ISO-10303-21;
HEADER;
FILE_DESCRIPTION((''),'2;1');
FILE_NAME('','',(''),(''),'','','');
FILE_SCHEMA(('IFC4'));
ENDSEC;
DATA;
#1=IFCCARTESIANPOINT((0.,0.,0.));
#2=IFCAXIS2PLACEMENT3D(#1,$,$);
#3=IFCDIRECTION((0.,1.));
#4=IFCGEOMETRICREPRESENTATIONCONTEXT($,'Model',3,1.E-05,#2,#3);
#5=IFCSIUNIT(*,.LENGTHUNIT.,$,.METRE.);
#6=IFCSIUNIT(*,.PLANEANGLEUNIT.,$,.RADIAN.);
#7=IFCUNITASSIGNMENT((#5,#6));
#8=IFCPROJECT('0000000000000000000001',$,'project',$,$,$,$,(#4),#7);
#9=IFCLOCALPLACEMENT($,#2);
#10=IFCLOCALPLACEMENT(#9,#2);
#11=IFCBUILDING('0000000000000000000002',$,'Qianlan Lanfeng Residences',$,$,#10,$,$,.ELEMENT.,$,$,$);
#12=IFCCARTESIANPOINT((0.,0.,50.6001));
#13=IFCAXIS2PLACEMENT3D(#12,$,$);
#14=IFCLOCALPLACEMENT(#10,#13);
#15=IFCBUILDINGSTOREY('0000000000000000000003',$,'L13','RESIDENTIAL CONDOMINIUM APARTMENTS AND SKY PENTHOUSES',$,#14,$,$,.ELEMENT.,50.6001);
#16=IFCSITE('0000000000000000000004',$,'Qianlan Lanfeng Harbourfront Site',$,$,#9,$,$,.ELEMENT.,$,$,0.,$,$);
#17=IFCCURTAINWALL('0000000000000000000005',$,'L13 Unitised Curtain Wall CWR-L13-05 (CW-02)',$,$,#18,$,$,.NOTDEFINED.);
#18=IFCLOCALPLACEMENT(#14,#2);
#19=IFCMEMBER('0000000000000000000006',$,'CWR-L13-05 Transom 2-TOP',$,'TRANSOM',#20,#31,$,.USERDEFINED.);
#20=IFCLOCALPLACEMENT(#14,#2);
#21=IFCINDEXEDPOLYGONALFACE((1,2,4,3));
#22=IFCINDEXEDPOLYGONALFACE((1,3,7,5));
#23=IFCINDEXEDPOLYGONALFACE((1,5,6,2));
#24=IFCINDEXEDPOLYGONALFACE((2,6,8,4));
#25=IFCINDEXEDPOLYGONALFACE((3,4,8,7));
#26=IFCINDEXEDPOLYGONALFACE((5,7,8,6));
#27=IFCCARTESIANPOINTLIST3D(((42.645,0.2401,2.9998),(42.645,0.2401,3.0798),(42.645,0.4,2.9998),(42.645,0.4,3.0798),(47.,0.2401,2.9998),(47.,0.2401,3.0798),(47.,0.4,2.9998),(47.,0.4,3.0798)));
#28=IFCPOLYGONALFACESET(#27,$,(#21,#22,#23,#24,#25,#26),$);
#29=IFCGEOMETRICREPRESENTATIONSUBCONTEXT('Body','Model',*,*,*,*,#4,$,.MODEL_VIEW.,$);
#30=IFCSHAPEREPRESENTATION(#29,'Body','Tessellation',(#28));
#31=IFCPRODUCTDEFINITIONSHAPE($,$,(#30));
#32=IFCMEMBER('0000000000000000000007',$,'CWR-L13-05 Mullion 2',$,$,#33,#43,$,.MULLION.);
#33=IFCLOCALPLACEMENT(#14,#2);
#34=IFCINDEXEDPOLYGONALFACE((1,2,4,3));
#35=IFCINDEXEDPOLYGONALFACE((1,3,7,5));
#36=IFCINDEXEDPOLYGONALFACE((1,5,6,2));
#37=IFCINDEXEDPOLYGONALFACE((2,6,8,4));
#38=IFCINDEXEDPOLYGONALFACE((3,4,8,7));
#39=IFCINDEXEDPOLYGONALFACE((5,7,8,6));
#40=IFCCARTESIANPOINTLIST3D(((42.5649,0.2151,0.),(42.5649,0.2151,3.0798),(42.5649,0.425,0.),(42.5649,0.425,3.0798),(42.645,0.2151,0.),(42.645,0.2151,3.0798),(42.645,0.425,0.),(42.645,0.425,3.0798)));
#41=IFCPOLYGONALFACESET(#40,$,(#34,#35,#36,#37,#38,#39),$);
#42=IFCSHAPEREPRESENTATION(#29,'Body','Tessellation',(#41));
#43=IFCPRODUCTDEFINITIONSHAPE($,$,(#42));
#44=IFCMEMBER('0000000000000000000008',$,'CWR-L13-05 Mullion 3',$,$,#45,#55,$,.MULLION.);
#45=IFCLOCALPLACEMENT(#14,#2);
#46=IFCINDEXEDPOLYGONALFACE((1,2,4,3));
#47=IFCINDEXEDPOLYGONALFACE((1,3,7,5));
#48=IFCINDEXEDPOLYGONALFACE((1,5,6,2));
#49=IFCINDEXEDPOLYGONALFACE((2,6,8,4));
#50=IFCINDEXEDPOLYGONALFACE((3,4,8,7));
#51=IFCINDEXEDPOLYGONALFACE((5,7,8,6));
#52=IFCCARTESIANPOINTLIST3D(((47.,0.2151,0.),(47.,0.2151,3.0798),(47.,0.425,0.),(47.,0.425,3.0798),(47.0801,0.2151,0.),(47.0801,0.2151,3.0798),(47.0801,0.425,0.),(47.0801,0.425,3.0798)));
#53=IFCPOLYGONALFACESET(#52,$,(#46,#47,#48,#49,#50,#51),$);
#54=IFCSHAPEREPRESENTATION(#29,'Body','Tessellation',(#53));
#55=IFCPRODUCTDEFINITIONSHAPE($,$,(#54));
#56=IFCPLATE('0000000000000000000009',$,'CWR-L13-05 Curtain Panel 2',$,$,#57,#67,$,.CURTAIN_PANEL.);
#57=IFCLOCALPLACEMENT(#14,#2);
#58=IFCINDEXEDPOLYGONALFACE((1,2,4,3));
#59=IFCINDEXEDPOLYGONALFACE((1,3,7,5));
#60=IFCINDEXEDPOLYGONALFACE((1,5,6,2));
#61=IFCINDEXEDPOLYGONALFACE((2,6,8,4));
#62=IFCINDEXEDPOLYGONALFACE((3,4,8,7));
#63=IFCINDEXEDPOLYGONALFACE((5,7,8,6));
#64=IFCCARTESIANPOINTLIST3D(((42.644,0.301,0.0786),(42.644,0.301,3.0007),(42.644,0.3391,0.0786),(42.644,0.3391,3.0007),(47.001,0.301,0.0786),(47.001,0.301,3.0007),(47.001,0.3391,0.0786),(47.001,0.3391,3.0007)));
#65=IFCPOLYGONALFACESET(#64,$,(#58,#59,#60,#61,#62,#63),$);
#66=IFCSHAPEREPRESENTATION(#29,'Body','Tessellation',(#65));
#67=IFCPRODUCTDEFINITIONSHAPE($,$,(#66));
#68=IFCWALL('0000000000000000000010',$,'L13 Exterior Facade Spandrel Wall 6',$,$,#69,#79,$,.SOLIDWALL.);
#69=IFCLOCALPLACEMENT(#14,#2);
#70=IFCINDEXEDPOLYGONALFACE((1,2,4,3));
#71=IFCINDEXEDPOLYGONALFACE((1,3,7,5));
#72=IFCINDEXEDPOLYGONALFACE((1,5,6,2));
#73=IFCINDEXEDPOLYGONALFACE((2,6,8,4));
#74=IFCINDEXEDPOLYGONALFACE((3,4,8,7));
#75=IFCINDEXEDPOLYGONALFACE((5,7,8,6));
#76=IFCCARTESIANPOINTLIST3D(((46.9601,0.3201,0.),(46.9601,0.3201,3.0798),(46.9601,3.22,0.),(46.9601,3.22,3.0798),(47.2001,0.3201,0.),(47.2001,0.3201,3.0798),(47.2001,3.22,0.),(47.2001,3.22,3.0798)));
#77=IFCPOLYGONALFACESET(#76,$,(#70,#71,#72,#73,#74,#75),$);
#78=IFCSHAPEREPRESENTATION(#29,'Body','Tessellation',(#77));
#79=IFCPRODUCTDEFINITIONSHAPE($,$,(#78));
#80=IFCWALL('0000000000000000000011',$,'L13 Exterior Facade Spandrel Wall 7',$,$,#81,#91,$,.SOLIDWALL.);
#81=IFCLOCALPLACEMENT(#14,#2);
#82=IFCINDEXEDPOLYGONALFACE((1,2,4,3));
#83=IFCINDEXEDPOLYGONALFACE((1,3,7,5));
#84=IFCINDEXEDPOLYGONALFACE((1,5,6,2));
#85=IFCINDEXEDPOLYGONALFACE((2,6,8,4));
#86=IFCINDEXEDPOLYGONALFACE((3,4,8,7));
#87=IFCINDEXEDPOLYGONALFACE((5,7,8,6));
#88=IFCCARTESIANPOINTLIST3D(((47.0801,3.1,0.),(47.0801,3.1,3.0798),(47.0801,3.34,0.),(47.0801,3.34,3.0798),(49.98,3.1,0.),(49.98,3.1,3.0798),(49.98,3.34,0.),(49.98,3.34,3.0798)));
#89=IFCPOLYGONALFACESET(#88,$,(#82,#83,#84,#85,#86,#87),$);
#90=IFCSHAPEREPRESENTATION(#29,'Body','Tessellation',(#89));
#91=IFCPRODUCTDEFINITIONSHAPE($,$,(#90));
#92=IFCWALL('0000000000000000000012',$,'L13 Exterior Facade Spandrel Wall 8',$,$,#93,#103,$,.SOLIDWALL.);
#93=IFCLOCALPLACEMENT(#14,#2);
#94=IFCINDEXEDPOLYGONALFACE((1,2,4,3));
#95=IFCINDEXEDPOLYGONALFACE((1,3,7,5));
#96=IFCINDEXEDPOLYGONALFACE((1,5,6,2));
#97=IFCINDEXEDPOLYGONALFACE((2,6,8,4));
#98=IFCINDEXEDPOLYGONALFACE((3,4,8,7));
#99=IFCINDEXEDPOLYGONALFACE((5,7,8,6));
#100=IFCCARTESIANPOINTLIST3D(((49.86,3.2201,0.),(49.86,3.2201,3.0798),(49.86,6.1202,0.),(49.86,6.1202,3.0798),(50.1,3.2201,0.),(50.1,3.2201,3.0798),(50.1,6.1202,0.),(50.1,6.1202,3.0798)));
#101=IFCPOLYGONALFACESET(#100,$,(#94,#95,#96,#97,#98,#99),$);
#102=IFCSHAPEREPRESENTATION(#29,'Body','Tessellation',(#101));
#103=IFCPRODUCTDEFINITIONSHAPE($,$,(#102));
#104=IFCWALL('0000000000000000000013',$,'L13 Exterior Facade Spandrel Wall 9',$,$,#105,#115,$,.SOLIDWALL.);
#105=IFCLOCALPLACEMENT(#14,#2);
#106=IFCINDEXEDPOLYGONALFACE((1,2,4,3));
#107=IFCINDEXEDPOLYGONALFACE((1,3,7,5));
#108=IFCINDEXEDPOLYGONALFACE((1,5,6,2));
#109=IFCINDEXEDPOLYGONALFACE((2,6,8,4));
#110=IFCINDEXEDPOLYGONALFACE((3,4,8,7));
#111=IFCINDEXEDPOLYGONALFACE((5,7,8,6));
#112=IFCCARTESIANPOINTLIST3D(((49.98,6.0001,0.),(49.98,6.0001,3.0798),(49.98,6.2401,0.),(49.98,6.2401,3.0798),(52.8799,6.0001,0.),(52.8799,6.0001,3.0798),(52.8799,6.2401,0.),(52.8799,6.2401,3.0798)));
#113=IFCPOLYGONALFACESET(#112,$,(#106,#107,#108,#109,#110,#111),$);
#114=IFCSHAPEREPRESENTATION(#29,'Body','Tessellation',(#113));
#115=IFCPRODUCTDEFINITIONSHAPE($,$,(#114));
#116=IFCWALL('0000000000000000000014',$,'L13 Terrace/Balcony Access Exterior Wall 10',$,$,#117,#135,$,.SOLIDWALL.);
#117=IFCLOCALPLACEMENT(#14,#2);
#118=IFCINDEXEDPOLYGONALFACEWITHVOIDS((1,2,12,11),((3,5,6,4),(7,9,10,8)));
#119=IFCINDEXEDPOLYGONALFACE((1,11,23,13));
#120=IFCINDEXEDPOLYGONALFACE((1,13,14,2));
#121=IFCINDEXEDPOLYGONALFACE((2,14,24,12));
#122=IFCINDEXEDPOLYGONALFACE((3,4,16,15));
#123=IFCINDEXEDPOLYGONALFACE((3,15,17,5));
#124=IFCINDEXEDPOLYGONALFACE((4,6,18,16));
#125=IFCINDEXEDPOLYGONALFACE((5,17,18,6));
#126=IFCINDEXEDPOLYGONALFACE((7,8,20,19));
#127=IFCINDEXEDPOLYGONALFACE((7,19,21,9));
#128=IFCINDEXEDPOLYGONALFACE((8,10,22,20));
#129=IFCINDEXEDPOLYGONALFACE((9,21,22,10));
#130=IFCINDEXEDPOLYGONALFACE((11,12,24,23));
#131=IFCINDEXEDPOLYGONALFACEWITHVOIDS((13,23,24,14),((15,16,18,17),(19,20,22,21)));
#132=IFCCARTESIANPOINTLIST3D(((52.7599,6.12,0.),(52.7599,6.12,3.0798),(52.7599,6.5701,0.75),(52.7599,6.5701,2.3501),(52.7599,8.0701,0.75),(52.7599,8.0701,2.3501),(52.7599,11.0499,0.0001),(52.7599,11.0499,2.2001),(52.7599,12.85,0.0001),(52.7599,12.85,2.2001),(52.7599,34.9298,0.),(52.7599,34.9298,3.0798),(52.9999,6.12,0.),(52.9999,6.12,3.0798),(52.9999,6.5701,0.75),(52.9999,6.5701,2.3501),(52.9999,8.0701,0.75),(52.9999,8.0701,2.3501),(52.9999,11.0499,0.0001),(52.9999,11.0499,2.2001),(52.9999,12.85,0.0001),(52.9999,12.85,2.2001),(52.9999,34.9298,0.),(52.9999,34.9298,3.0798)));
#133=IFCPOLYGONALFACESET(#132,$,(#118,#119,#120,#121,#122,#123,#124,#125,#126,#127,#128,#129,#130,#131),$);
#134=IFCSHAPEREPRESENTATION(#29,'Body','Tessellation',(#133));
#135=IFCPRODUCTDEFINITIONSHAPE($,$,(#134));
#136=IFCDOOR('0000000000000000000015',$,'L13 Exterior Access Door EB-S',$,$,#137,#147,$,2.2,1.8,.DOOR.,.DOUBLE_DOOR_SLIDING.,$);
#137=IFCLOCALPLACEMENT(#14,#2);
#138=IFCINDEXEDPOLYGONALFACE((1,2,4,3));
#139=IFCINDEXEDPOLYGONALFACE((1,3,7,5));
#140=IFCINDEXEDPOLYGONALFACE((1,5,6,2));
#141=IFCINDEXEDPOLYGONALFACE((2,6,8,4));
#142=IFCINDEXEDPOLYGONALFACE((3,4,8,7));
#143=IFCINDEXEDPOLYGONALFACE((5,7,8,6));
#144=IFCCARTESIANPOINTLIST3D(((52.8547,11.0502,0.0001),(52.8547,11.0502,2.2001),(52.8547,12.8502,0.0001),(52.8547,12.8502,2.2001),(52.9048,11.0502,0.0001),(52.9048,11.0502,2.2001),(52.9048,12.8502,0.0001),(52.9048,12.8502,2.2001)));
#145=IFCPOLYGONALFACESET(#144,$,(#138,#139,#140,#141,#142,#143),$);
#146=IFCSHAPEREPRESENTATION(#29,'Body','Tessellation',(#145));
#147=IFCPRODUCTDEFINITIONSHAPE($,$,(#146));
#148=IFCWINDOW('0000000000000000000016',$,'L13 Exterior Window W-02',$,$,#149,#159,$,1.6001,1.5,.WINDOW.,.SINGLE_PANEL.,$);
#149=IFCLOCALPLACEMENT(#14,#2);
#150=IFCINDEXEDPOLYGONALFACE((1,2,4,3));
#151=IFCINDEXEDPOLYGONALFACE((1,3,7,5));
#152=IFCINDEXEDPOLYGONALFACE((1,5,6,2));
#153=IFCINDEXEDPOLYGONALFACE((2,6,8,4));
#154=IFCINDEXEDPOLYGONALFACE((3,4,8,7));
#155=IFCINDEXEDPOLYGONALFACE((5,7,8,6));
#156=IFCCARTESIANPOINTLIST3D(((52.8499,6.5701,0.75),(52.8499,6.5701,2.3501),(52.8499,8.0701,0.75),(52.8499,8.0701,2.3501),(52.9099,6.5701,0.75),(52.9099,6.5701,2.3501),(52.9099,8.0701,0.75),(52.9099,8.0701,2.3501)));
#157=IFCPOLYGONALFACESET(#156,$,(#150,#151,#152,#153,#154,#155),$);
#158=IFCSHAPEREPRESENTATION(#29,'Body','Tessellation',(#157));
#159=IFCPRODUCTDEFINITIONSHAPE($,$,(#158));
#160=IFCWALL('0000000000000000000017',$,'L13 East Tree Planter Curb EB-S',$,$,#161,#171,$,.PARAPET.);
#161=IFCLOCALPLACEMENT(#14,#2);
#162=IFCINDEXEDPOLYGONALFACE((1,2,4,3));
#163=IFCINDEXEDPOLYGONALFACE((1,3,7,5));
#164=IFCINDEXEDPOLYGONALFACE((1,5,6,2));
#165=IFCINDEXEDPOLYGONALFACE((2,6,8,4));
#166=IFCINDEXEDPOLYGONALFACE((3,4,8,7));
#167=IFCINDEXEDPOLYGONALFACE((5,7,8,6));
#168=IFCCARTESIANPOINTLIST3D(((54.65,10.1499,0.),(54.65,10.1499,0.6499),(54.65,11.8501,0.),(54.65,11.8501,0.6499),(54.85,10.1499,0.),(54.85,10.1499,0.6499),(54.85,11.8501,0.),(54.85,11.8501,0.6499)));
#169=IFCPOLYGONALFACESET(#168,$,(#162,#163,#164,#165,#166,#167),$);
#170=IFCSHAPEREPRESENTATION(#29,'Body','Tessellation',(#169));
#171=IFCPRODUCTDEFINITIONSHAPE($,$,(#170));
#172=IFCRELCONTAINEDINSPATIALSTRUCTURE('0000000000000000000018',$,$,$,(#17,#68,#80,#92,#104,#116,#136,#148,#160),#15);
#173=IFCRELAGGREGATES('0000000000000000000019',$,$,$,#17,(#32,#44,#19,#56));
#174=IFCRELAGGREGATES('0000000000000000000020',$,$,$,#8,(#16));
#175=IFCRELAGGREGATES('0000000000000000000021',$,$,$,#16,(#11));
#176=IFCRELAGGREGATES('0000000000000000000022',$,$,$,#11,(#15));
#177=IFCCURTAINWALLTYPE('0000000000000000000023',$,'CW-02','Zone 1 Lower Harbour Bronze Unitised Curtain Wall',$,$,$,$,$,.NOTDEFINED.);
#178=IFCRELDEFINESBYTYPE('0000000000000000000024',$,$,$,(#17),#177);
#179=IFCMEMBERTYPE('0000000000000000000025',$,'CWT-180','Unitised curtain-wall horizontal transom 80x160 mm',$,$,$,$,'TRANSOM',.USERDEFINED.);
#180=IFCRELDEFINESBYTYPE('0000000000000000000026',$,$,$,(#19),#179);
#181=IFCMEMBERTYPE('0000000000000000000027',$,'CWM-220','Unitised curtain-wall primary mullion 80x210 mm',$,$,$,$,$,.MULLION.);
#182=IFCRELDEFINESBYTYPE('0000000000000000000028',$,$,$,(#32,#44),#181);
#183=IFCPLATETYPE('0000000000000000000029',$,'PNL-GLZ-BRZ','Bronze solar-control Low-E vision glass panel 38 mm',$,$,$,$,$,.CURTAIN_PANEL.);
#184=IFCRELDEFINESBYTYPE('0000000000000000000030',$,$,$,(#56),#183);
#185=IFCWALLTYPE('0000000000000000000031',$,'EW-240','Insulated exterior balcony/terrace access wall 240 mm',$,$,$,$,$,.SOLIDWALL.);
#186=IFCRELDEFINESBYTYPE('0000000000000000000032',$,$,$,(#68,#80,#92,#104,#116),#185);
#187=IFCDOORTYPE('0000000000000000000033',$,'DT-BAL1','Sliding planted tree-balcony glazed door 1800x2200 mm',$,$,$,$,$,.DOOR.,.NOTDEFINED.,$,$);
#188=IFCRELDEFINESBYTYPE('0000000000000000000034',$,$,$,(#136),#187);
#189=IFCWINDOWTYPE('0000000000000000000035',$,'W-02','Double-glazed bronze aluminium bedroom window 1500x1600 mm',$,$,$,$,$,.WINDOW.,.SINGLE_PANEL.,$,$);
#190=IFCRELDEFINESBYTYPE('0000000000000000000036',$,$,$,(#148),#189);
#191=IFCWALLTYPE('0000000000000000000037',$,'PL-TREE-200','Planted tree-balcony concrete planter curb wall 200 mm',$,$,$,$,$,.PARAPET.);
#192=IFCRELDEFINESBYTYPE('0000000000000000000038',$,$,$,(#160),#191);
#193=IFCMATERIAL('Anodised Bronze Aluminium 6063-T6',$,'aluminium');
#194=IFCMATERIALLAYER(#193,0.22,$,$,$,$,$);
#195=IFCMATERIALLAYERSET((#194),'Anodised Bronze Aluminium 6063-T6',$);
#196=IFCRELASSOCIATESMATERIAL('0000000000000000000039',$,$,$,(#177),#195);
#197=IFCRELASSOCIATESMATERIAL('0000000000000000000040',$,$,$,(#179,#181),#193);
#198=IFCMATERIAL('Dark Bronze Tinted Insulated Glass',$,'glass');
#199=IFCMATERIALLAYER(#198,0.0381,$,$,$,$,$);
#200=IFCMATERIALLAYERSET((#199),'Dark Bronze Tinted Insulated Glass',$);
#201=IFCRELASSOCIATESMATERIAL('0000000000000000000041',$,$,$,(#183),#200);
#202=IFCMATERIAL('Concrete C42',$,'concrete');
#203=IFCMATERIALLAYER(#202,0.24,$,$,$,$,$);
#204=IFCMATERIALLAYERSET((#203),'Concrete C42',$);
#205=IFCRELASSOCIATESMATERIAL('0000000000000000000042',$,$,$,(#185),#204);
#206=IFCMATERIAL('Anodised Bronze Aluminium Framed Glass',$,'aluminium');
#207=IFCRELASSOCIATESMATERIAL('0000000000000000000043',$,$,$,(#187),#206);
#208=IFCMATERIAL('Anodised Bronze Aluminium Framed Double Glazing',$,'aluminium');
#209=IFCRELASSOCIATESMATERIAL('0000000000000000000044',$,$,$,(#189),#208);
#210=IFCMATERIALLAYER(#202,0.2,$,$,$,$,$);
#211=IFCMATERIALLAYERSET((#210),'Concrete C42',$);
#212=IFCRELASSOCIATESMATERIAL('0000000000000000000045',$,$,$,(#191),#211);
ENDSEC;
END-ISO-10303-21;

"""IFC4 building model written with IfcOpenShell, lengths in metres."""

from ifc_helpers import new_model, si_unit, direction, frame, frame_2d, origin, origin_2d, place, context, subcontext, project, spatial, rectangle, extrude, source, transform, mapped, material, layer, layer_set, material_profile, profile_set, type_object, element, fill, aggregate, save


model = new_model("IFC4")

# Units and contexts
model_context = context("Model", 3, precision=1e-05, world=origin(), true_north=direction((0.0, 1.0)))
body_context = subcontext(model_context, "Body", "Model", "MODEL_VIEW")
ifc_project = project(units=[si_unit("LENGTHUNIT", "METRE"), si_unit("PLANEANGLEUNIT", "RADIAN")], contexts=[model_context])

# Site, building, storey
site_placement = place(None, origin())
site = spatial("IfcSite", under=ifc_project, at=site_placement, Name="Qianlan Lanfeng Harbourfront Site", CompositionType="ELEMENT", RefElevation=0.0)
building_placement = place(site_placement, origin())
building = spatial("IfcBuilding", under=site, at=building_placement, Name="Qianlan Lanfeng Residences", CompositionType="ELEMENT")
storey_placement = place(building_placement, frame((0.0, 0.0, 50.6001)))
storey = spatial("IfcBuildingStorey", under=building, at=storey_placement, Name="L13", Description="RESIDENTIAL CONDOMINIUM APARTMENTS AND SKY PENTHOUSES", CompositionType="ELEMENT", Elevation=50.6001)

# Curtain wall, members, plate
ifc_material_1 = material(Name="Anodised Bronze Aluminium 6063-T6", Category="aluminium")
ifc_layer_1 = layer(ifc_material_1, 0.22)
ifc_layer_set_1 = layer_set([ifc_layer_1], Name="Anodised Bronze Aluminium 6063-T6")
curtain_wall_type = type_object("IfcCurtainWallType", Name="CW-02", Description="Zone 1 Lower Harbour Bronze Unitised Curtain Wall", PredefinedType="NOTDEFINED", material=ifc_layer_set_1)
curtain_wall_placement = place(storey_placement, origin())
curtain_wall = element("IfcCurtainWall", 1, at=curtain_wall_placement, inside=storey, type_object=curtain_wall_type, Name="L13 Unitised Curtain Wall CWR-L13-05 (CW-02)", PredefinedType="NOTDEFINED")
ifc_material_profile_1 = material_profile(ifc_material_1, rectangle(XDim=0.0801, YDim=0.1599, at=origin_2d()), Name="ALU TRANSOM 80x160")
ifc_profile_set_1 = profile_set([ifc_material_profile_1], Name="Anodised Bronze Aluminium 6063-T6")
member_type_1 = type_object("IfcMemberType", Name="CWT-180", Description="Unitised curtain-wall horizontal transom 80x160 mm", ElementType="TRANSOM", PredefinedType="USERDEFINED", material=ifc_profile_set_1)
shared_shape_1 = source(origin(), body_context, "Body", "SweptSolid", [
    extrude(rectangle(XDim=0.0801, YDim=0.1599, at=origin_2d()), origin(), (0.0, 0.0, 1.0), 4.355),
])
member_1_placement = place(storey_placement, frame((42.645, 0.3201, 3.0398), z_axis=(1.0, 0.0, 0.0), x_axis=(0.0, 0.0, 1.0)))
member_1 = element("IfcMember", 2, at=member_1_placement, type_object=member_type_1, Name="CWR-L13-05 Transom 2-TOP", ObjectType="TRANSOM", PredefinedType="USERDEFINED", context=body_context, shape_type="MappedRepresentation", body=[
    mapped(shared_shape_1, transform((0.0, 0.0, 0.0), scale=1.0)),
])
ifc_material_profile_2 = material_profile(ifc_material_1, rectangle(XDim=0.0801, YDim=0.21, at=origin_2d()), Name="ALU MULLION 80x210")
ifc_profile_set_2 = profile_set([ifc_material_profile_2], Name="Anodised Bronze Aluminium 6063-T6")
member_type_2 = type_object("IfcMemberType", Name="CWM-220", Description="Unitised curtain-wall primary mullion 80x210 mm", PredefinedType="MULLION", material=ifc_profile_set_2)
shared_shape_2 = source(origin(), body_context, "Body", "SweptSolid", [
    extrude(rectangle(XDim=0.0801, YDim=0.21, at=origin_2d()), origin(), (0.0, 0.0, 1.0), 3.0798),
])
member_2_placement = place(storey_placement, frame((42.605, 0.3201, 0.0), z_axis=(0.0, 0.0, 1.0), x_axis=(1.0, 0.0, 0.0)))
member_2 = element("IfcMember", 3, at=member_2_placement, type_object=member_type_2, Name="CWR-L13-05 Mullion 2", PredefinedType="MULLION", context=body_context, shape_type="MappedRepresentation", body=[
    mapped(shared_shape_2, transform((0.0, 0.0, 0.0), scale=1.0)),
])
member_3_placement = place(storey_placement, frame((47.04, 0.3201, 0.0), z_axis=(0.0, 0.0, 1.0), x_axis=(1.0, 0.0, 0.0)))
member_3 = element("IfcMember", 4, at=member_3_placement, type_object=member_type_2, Name="CWR-L13-05 Mullion 3", PredefinedType="MULLION", context=body_context, shape_type="MappedRepresentation", body=[
    mapped(shared_shape_2, transform((0.0, 0.0, 0.0), scale=1.0)),
])
ifc_material_2 = material(Name="Dark Bronze Tinted Insulated Glass", Category="glass")
ifc_layer_2 = layer(ifc_material_2, 0.0381)
ifc_layer_set_2 = layer_set([ifc_layer_2], Name="Dark Bronze Tinted Insulated Glass")
plate_type = type_object("IfcPlateType", Name="PNL-GLZ-BRZ", Description="Bronze solar-control Low-E vision glass panel 38 mm", PredefinedType="CURTAIN_PANEL", material=ifc_layer_set_2)
shared_shape_3 = source(origin(), body_context, "Body", "SweptSolid", [
    extrude(rectangle(XDim=4.3569, YDim=0.0381, at=origin_2d()), origin(), (0.0, 0.0, 1.0), 2.9221),
])
plate_placement = place(storey_placement, frame((44.8225, 0.3201, 0.0786), z_axis=(0.0, 0.0, 1.0), x_axis=(1.0, 0.0, 0.0)))
plate = element("IfcPlate", 5, at=plate_placement, type_object=plate_type, Name="CWR-L13-05 Curtain Panel 2", PredefinedType="CURTAIN_PANEL", context=body_context, shape_type="MappedRepresentation", body=[
    mapped(shared_shape_3, transform((0.0, 0.0, 0.0), scale=1.0)),
])
aggregate(curtain_wall, [member_2, member_3, member_1, plate])

# Walls
ifc_material_3 = material(Name="Concrete C42", Category="concrete")
ifc_layer_3 = layer(ifc_material_3, 0.24)
ifc_layer_set_3 = layer_set([ifc_layer_3], Name="Concrete C42")
wall_type_1 = type_object("IfcWallType", Name="EW-240", Description="Insulated exterior balcony/terrace access wall 240 mm", PredefinedType="SOLIDWALL", material=ifc_layer_set_3)
for number, where, z_axis, x_axis, name in (
    (6, (47.0801, 0.3201, 0.0), (0.0, 0.0, 1.0), (0.0, 1.0, 0.0), "L13 Exterior Facade Spandrel Wall 6"),
    (7, (47.0801, 3.22, 0.0), (0.0, 0.0, 1.0), (1.0, 0.0, 0.0), "L13 Exterior Facade Spandrel Wall 7"),
):
    element("IfcWall", number, at=place(storey_placement, frame(where, z_axis=z_axis, x_axis=x_axis)), inside=storey, type_object=wall_type_1, Name=name, PredefinedType="SOLIDWALL", context=body_context, shape_type="SweptSolid", body=[
        extrude(rectangle(XDim=2.8999, YDim=0.24, at=frame_2d((1.45, 0.0))), origin(), (0.0, 0.0, 1.0), 3.0798),
    ])
wall_1_placement = place(storey_placement, frame((49.98, 3.22, 0.0), z_axis=(0.0, 0.0, 1.0), x_axis=(0.0, 1.0, 0.0)))
element("IfcWall", 8, at=wall_1_placement, inside=storey, type_object=wall_type_1, Name="L13 Exterior Facade Spandrel Wall 8", PredefinedType="SOLIDWALL", context=body_context, shape_type="SweptSolid", body=[
    extrude(rectangle(XDim=2.9001, YDim=0.24, at=frame_2d((1.4502, 0.0))), origin(), (0.0, 0.0, 1.0), 3.0798),
])
wall_2_placement = place(storey_placement, frame((49.98, 6.1201, 0.0), z_axis=(0.0, 0.0, 1.0), x_axis=(1.0, 0.0, 0.0)))
element("IfcWall", 9, at=wall_2_placement, inside=storey, type_object=wall_type_1, Name="L13 Exterior Facade Spandrel Wall 9", PredefinedType="SOLIDWALL", context=body_context, shape_type="SweptSolid", body=[
    extrude(rectangle(XDim=2.8999, YDim=0.24, at=frame_2d((1.45, 0.0))), origin(), (0.0, 0.0, 1.0), 3.0798),
])

# Wall, openings, door, window
wall_3_placement = place(storey_placement, frame((52.8799, 6.1201, 0.0), z_axis=(0.0, 0.0, 1.0), x_axis=(0.0, 1.0, 0.0)))
wall_3 = element("IfcWall", 10, at=wall_3_placement, inside=storey, type_object=wall_type_1, Name="L13 Terrace/Balcony Access Exterior Wall 10", PredefinedType="SOLIDWALL", context=body_context, shape_type="SweptSolid", body=[
    extrude(rectangle(XDim=28.8098, YDim=0.24, at=frame_2d((14.4048, 0.0))), origin(), (0.0, 0.0, 1.0), 3.0798),
])
opening_1_placement = place(wall_3_placement, frame((4.9299, 0.0, 0.0)))
opening_1 = element("IfcOpeningElement", 11, at=opening_1_placement, cuts=wall_3, PredefinedType="OPENING", context=body_context, shape_type="SweptSolid", body=[
    extrude(rectangle(XDim=1.8, YDim=2.2, at=frame_2d((0.8999, 1.1001))), frame((0.0, 0.1299, 0.0), z_axis=(0.0, -1.0, 0.0), x_axis=(1.0, 0.0, 0.0)), (0.0, 0.0, 1.0), 0.26),
])
opening_2_placement = place(wall_3_placement, frame((0.45, 0.0, 0.75)))
opening_2 = element("IfcOpeningElement", 12, at=opening_2_placement, cuts=wall_3, PredefinedType="OPENING", context=body_context, shape_type="SweptSolid", body=[
    extrude(rectangle(XDim=1.5, YDim=1.6001, at=frame_2d((0.75, 0.8))), frame((0.0, 0.1299, 0.0), z_axis=(0.0, -1.0, 0.0), x_axis=(1.0, 0.0, 0.0)), (0.0, 0.0, 1.0), 0.26),
])
ifc_material_4 = material(Name="Anodised Bronze Aluminium Framed Glass", Category="aluminium")
door_type = type_object("IfcDoorType", Name="DT-BAL1", Description="Sliding planted tree-balcony glazed door 1800x2200 mm", OperationType="NOTDEFINED", PredefinedType="DOOR", material=ifc_material_4)
door_placement = place(opening_1_placement, frame((1.8, 0.0, 0.0), z_axis=(0.0, 0.0, 1.0), x_axis=(-1.0, 0.0, 0.0)))
door = element("IfcDoor", 13, at=door_placement, inside=storey, type_object=door_type, Name="L13 Exterior Access Door EB-S", OperationType="DOUBLE_DOOR_SLIDING", OverallHeight=2.2, OverallWidth=1.8, PredefinedType="DOOR", context=body_context, shape_type="SweptSolid", body=[
    extrude(rectangle(XDim=1.8, YDim=2.2, at=frame_2d((0.8999, 1.1001))), frame((0.0, 0.0249, 0.0), z_axis=(0.0, -1.0, 0.0), x_axis=(1.0, 0.0, 0.0)), (0.0, 0.0, 1.0), 0.05),
])
fill(opening_1, door)
ifc_material_5 = material(Name="Anodised Bronze Aluminium Framed Double Glazing", Category="aluminium")
window_type = type_object("IfcWindowType", Name="W-02", Description="Double-glazed bronze aluminium bedroom window 1500x1600 mm", PartitioningType="SINGLE_PANEL", PredefinedType="WINDOW", material=ifc_material_5)
window_placement = place(opening_2_placement, origin())
window = element("IfcWindow", 14, at=window_placement, inside=storey, type_object=window_type, Name="L13 Exterior Window W-02", OverallHeight=1.6001, OverallWidth=1.5, PartitioningType="SINGLE_PANEL", PredefinedType="WINDOW", context=body_context, shape_type="SweptSolid", body=[
    extrude(rectangle(XDim=1.5, YDim=1.6001, at=frame_2d((0.75, 0.8))), frame((0.0, 0.03, 0.0), z_axis=(0.0, -1.0, 0.0), x_axis=(1.0, 0.0, 0.0)), (0.0, 0.0, 1.0), 0.0601),
])
fill(opening_2, window)

# Wall
ifc_layer_4 = layer(ifc_material_3, 0.2)
ifc_layer_set_4 = layer_set([ifc_layer_4], Name="Concrete C42")
wall_type_2 = type_object("IfcWallType", Name="PL-TREE-200", Description="Planted tree-balcony concrete planter curb wall 200 mm", PredefinedType="PARAPET", material=ifc_layer_set_4)
wall_4_placement = place(storey_placement, frame((54.75, 10.1499, 0.0), z_axis=(0.0, 0.0, 1.0), x_axis=(0.0, 1.0, 0.0)))
element("IfcWall", 15, at=wall_4_placement, inside=storey, type_object=wall_type_2, Name="L13 East Tree Planter Curb EB-S", PredefinedType="PARAPET", context=body_context, shape_type="SweptSolid", body=[
    extrude(rectangle(XDim=1.7002, YDim=0.2, at=frame_2d((0.8501, 0.0))), origin(), (0.0, 0.0, 1.0), 0.6499),
])

save(model, "model.ifc")
